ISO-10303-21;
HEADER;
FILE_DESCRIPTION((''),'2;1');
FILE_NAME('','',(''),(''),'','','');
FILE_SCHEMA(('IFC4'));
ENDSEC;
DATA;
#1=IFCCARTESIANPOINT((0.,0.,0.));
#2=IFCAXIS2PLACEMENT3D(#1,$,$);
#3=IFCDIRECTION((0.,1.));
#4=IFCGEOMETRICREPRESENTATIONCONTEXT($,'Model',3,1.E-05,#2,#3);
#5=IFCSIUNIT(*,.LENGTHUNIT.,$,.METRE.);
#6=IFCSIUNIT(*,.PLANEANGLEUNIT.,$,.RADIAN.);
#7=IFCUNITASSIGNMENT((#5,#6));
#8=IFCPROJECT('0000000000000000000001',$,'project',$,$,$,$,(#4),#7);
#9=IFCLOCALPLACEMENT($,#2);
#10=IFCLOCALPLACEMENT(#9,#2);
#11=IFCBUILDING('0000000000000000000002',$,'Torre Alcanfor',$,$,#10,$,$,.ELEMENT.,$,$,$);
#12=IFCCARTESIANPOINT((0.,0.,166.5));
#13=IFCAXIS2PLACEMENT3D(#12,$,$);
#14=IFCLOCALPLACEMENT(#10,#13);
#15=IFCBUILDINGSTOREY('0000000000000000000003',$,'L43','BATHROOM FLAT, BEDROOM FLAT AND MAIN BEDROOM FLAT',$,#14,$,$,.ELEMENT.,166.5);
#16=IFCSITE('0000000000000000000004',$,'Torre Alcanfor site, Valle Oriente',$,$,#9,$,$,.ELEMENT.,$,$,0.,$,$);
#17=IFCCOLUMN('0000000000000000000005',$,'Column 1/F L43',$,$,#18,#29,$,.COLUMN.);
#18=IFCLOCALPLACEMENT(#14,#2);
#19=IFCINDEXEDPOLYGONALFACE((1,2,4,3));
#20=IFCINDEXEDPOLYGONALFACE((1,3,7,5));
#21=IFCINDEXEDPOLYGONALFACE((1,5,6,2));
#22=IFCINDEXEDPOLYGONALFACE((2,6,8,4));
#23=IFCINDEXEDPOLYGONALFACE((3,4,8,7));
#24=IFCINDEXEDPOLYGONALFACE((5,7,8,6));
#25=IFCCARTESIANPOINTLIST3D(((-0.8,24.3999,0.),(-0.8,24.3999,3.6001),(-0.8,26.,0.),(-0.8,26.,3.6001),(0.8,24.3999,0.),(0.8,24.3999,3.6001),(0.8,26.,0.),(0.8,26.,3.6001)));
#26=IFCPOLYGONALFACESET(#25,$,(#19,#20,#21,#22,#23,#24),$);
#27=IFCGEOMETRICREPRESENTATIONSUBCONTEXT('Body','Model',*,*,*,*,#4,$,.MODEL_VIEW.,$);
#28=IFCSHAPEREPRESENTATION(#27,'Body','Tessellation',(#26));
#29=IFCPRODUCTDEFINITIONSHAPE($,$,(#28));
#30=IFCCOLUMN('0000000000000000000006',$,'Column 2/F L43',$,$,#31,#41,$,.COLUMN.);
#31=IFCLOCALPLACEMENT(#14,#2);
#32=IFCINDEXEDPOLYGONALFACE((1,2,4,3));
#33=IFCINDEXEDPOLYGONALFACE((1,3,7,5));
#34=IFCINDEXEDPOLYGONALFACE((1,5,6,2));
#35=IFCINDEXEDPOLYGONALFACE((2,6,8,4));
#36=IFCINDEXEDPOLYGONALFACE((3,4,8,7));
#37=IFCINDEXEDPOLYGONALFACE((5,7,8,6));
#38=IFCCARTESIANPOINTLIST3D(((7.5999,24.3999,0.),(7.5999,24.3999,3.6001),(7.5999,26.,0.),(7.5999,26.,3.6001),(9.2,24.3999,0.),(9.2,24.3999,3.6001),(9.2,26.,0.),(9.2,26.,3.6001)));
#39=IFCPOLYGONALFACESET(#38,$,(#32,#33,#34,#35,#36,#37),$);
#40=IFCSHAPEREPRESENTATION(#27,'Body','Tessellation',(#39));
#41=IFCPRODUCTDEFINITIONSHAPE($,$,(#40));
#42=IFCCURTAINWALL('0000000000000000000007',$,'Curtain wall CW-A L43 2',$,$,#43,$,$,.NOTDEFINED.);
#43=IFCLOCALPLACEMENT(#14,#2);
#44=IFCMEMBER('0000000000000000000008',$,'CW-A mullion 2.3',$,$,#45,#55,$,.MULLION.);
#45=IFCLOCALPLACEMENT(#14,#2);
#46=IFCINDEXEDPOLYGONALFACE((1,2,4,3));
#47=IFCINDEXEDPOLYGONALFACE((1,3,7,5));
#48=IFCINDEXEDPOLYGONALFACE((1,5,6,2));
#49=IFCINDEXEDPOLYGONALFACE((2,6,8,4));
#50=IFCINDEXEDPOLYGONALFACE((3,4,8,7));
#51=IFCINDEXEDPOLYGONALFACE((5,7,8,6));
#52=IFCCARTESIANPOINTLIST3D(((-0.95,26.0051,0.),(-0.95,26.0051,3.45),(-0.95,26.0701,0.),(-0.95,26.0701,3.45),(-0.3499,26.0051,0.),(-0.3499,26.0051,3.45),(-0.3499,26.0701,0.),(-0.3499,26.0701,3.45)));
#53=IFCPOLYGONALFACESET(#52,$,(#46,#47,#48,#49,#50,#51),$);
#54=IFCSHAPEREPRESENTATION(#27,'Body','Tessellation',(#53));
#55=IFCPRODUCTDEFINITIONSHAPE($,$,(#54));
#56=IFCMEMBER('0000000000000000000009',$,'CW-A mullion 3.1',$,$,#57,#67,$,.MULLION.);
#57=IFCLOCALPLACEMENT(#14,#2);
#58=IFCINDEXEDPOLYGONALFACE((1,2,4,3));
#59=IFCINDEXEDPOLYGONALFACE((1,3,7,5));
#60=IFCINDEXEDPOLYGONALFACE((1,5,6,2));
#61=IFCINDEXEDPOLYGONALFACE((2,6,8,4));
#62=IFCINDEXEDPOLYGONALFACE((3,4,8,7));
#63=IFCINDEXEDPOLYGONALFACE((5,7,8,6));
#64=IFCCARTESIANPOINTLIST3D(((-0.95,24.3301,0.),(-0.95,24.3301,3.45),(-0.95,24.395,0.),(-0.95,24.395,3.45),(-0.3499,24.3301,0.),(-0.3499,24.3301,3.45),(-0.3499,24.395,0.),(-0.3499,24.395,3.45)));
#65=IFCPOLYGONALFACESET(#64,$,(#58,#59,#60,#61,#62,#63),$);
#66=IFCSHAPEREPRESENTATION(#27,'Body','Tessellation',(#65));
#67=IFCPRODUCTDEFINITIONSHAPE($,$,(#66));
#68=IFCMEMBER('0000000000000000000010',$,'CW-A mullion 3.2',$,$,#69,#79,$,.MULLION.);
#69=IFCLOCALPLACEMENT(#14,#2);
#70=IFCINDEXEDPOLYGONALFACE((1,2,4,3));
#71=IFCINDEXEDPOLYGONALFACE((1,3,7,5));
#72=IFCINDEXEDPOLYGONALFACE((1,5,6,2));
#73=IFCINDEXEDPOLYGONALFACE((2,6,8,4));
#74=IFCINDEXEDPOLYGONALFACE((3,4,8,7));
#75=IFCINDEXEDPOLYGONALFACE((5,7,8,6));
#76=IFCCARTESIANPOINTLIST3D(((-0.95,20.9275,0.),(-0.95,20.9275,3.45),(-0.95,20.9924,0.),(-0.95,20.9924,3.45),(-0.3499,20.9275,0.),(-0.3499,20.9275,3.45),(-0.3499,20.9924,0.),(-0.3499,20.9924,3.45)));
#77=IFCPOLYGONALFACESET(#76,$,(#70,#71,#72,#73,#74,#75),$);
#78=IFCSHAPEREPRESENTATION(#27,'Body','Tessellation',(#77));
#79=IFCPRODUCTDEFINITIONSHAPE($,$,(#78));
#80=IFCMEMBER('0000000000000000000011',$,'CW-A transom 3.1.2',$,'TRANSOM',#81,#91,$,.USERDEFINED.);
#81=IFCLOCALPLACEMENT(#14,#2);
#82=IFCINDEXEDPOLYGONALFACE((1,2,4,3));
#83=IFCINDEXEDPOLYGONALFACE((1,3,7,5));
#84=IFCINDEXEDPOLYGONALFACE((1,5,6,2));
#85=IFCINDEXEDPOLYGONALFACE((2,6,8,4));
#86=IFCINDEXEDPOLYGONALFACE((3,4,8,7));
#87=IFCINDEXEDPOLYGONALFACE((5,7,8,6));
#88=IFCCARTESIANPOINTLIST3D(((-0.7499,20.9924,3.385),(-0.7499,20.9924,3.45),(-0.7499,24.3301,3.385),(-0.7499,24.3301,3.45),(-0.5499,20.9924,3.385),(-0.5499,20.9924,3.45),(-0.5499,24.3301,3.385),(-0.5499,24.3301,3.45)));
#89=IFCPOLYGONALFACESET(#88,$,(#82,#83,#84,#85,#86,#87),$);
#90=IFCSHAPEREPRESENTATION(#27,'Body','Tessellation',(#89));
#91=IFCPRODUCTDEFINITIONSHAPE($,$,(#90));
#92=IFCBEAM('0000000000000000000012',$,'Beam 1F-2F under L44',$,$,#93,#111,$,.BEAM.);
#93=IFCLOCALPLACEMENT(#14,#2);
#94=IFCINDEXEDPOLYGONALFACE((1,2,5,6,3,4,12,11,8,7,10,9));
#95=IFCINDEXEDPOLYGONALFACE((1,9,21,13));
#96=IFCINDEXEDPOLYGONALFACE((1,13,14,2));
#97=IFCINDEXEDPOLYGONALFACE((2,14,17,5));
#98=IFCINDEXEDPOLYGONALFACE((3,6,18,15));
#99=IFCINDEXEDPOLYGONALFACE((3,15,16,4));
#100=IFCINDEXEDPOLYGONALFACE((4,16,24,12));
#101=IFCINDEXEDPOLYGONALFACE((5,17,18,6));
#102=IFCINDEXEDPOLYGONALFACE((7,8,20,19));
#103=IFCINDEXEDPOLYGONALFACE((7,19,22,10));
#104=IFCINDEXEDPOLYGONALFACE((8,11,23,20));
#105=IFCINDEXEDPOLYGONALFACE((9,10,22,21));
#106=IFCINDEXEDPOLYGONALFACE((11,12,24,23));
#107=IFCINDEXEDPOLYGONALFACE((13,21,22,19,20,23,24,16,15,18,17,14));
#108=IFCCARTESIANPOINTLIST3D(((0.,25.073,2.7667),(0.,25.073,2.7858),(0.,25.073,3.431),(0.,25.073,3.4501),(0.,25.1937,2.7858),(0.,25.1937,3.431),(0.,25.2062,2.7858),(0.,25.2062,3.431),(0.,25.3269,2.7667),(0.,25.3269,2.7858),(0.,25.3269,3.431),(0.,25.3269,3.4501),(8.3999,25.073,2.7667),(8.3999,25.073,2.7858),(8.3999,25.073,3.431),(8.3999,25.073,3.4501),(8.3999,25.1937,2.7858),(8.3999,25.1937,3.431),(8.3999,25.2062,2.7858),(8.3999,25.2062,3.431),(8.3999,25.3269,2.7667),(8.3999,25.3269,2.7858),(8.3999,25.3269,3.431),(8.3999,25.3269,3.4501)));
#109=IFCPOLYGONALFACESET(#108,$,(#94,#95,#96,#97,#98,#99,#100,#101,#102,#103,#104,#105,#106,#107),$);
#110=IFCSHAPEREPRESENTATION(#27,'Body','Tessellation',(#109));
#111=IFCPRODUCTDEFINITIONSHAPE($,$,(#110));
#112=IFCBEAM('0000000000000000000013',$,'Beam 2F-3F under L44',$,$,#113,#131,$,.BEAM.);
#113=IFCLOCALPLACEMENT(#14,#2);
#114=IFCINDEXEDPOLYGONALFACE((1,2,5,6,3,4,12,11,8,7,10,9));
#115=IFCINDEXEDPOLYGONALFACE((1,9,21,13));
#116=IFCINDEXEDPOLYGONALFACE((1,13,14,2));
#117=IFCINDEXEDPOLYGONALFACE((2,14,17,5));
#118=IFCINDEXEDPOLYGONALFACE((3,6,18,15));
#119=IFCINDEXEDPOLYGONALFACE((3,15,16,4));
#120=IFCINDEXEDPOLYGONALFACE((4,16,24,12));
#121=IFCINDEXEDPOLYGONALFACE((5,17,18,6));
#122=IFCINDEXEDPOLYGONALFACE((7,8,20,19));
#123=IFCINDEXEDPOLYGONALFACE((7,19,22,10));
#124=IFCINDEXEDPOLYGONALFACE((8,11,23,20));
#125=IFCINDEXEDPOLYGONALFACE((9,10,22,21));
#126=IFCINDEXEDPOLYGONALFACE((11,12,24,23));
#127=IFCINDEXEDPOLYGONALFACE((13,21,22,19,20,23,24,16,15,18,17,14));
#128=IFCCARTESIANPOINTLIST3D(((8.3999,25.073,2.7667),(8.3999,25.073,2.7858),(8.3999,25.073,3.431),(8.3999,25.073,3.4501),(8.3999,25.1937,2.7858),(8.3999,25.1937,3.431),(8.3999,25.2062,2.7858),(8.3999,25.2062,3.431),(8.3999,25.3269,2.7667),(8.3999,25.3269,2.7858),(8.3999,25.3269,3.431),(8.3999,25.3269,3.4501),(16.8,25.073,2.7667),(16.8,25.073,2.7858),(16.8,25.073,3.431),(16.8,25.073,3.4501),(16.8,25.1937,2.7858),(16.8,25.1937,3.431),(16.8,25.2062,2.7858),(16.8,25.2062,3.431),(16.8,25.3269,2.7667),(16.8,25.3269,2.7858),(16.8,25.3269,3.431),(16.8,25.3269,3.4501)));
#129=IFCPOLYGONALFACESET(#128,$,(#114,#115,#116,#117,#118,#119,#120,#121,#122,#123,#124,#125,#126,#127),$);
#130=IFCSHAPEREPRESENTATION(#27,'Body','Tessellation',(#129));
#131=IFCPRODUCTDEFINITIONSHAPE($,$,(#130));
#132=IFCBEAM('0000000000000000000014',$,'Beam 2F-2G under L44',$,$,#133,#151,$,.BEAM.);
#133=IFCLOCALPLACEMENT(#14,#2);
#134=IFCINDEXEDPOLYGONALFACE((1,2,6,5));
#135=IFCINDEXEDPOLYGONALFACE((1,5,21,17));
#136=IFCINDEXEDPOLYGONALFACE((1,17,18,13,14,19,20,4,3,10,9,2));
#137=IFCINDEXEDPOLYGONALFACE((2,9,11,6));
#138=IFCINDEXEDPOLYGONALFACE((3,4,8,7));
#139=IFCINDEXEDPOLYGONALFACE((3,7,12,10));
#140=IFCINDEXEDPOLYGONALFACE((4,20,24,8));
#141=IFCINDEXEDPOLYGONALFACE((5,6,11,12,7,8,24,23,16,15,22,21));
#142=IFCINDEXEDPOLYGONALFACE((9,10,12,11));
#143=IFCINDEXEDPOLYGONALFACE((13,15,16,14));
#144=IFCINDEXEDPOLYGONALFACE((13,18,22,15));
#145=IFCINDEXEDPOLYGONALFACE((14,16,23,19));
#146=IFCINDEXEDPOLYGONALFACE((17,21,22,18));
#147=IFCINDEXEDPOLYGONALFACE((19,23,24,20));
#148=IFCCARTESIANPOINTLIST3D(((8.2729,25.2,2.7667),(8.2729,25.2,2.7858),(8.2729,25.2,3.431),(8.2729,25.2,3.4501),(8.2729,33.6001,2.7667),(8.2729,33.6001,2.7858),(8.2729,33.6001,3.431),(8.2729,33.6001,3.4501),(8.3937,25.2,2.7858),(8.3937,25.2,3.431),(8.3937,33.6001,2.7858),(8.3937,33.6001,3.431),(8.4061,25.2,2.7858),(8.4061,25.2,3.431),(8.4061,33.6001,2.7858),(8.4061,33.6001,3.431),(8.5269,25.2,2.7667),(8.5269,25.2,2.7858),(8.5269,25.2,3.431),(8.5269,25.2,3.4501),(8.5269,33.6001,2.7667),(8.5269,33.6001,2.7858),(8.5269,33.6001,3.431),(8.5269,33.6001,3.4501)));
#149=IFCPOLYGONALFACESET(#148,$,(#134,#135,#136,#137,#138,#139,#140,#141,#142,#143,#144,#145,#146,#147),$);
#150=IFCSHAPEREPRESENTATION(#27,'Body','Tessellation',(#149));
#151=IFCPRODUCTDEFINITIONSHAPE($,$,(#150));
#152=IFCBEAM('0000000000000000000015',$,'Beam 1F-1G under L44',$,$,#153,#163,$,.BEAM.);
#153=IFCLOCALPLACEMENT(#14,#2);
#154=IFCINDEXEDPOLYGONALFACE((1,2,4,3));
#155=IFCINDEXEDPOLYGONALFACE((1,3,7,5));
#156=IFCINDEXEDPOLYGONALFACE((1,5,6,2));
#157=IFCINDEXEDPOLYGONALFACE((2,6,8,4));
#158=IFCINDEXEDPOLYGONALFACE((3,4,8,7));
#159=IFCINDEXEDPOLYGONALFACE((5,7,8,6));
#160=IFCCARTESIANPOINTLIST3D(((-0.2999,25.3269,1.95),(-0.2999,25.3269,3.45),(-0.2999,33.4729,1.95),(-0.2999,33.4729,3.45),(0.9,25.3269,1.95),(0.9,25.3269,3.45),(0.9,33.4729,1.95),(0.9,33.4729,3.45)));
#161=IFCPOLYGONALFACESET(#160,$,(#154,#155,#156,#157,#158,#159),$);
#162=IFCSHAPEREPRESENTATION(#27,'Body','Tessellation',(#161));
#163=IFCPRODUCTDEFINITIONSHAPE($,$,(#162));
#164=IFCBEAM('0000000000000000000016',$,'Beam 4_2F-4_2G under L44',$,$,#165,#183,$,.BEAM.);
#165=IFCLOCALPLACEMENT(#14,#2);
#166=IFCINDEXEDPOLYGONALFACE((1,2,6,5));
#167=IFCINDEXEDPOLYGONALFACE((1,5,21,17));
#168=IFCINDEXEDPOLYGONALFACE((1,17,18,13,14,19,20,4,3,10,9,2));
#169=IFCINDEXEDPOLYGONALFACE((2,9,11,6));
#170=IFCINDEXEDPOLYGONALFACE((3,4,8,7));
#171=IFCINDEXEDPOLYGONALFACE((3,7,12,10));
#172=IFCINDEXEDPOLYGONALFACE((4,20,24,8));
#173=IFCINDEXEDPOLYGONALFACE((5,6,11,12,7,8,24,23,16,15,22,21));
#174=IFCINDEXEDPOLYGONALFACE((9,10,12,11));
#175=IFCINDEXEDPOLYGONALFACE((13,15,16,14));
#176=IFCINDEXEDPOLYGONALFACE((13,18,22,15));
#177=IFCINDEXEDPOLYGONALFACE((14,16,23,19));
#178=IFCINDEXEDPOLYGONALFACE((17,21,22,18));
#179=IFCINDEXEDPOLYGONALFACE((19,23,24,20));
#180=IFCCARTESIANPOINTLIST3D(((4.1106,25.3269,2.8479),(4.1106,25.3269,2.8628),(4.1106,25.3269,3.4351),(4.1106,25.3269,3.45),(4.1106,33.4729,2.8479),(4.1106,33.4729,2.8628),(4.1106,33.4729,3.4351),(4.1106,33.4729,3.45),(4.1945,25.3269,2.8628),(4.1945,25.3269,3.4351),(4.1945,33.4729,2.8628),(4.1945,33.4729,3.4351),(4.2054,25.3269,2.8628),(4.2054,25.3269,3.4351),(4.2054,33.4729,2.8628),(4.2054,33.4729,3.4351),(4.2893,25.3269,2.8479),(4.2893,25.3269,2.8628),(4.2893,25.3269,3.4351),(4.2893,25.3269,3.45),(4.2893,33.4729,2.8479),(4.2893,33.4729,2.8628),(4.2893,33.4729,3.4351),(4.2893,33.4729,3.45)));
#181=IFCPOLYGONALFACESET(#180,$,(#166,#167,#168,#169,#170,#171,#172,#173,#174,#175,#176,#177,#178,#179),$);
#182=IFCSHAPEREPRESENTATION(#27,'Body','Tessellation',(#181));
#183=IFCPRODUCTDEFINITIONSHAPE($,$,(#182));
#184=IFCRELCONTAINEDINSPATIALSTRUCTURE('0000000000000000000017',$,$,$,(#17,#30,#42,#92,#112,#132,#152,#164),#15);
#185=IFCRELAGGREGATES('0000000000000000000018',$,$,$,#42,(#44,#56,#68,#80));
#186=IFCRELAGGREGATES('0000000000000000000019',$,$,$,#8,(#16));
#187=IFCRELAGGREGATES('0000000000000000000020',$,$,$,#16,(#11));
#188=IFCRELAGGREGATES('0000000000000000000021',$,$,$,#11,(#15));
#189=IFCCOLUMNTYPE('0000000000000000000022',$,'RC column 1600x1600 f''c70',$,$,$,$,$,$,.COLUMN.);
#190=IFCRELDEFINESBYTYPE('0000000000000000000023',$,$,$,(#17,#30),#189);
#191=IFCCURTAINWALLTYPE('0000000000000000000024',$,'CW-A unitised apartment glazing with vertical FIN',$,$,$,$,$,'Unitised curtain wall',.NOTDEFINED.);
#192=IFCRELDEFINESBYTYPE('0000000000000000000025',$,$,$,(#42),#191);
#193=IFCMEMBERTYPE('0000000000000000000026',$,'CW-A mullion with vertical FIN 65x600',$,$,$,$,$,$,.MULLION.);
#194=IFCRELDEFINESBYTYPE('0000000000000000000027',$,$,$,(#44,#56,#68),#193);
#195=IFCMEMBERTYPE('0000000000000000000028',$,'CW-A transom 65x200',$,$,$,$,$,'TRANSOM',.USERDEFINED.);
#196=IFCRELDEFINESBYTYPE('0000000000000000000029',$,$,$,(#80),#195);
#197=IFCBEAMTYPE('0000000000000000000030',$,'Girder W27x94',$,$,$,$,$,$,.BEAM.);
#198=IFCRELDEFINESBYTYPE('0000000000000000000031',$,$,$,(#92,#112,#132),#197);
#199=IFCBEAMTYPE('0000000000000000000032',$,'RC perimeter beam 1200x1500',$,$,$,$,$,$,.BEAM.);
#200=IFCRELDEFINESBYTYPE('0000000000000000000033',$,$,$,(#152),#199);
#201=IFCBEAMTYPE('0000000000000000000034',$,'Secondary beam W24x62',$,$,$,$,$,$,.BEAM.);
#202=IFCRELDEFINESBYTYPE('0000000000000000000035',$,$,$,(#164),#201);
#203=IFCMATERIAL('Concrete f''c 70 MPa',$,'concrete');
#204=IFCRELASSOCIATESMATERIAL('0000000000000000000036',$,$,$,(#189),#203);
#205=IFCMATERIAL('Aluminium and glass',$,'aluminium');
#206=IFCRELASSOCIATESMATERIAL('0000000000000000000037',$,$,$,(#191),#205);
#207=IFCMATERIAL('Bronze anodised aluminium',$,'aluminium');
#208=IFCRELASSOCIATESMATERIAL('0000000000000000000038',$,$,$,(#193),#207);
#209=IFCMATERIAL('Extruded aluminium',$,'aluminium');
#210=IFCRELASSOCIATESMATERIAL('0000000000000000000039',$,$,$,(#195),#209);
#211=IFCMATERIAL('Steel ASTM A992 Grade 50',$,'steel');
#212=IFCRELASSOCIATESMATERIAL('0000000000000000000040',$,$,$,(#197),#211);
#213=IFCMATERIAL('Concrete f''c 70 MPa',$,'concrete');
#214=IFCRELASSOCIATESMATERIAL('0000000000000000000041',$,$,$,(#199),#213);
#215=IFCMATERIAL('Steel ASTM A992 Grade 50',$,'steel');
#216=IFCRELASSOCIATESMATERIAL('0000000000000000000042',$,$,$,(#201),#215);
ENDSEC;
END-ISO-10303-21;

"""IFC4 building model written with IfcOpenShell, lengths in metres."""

from ifc_helpers import new_model, si_unit, direction, frame, origin, origin_2d, place, context, subcontext, project, spatial, rectangle, i_section, extrude, material, material_profile, profile_set, type_object, element, aggregate, save


model = new_model("IFC4")

# Units and contexts
model_context = context("Model", 3, precision=1e-05, world=origin(), true_north=direction((0.0, 1.0)))
body_context = subcontext(model_context, "Body", "Model", "MODEL_VIEW")
ifc_project = project(units=[si_unit("LENGTHUNIT", "METRE"), si_unit("PLANEANGLEUNIT", "RADIAN")], contexts=[model_context])

# Site, building, storey
site_placement = place(None, origin())
site = spatial("IfcSite", under=ifc_project, at=site_placement, Name="Torre Alcanfor site, Valle Oriente", CompositionType="ELEMENT", RefElevation=0.0)
building_placement = place(site_placement, origin())
building = spatial("IfcBuilding", under=site, at=building_placement, Name="Torre Alcanfor", CompositionType="ELEMENT")
storey_placement = place(building_placement, frame((0.0, 0.0, 166.5)))
storey = spatial("IfcBuildingStorey", under=building, at=storey_placement, Name="L43", Description="BATHROOM FLAT, BEDROOM FLAT AND MAIN BEDROOM FLAT", CompositionType="ELEMENT", Elevation=166.5)

# Columns
ifc_material_1 = material(Name="Concrete f'c 70 MPa", Category="concrete")
ifc_material_profile_1 = material_profile(ifc_material_1, rectangle(XDim=1.6001, YDim=1.6001, at=origin_2d()), Name="1600x1600")
ifc_profile_set_1 = profile_set([ifc_material_profile_1], Name="Concrete f'c 70 MPa")
column_type = type_object("IfcColumnType", Name="RC column 1600x1600 f'c70", PredefinedType="COLUMN", material=ifc_profile_set_1)
for number, where, z_axis, x_axis, name in (
    (1, (0.0, 25.2, 0.0), (0.0, 0.0, 1.0), (1.0, 0.0, 0.0), "Column 1/F L43"),
    (2, (8.3999, 25.2, 0.0), (0.0, 0.0, 1.0), (1.0, 0.0, 0.0), "Column 2/F L43"),
):
    element("IfcColumn", number, at=place(storey_placement, frame(where, z_axis=z_axis, x_axis=x_axis)), inside=storey, type_object=column_type, Name=name, PredefinedType="COLUMN", context=body_context, shape_type="SweptSolid", body=[
        extrude(rectangle(XDim=1.6001, YDim=1.6001, at=origin_2d()), origin(), (0.0, 0.0, 1.0), 3.6001),
    ])

# Curtain wall, members
ifc_material_2 = material(Name="Aluminium and glass", Category="aluminium")
curtain_wall_type = type_object("IfcCurtainWallType", Name="CW-A unitised apartment glazing with vertical FIN", ElementType="Unitised curtain wall", PredefinedType="NOTDEFINED", material=ifc_material_2)
curtain_wall_placement = place(storey_placement, origin())
curtain_wall = element("IfcCurtainWall", 3, at=curtain_wall_placement, inside=storey, type_object=curtain_wall_type, Name="Curtain wall CW-A L43 2", PredefinedType="NOTDEFINED")
ifc_material_3 = material(Name="Bronze anodised aluminium", Category="aluminium")
ifc_material_profile_2 = material_profile(ifc_material_3, rectangle(XDim=0.6001, YDim=0.0649, at=origin_2d()), Name="CW-A mullion 65x600")
ifc_profile_set_2 = profile_set([ifc_material_profile_2], Name="Bronze anodised aluminium")
member_type_1 = type_object("IfcMemberType", Name="CW-A mullion with vertical FIN 65x600", PredefinedType="MULLION", material=ifc_profile_set_2)
member_1_placement = place(storey_placement, frame((-0.6499, 26.0376, 0.0), z_axis=(0.0, 0.0, 1.0), x_axis=(1.0, 0.0, 0.0)))
member_1 = element("IfcMember", 4, at=member_1_placement, type_object=member_type_1, Name="CW-A mullion 2.3", PredefinedType="MULLION", context=body_context, shape_type="SweptSolid", body=[
    extrude(rectangle(XDim=0.6001, YDim=0.0649, at=origin_2d()), origin(), (0.0, 0.0, 1.0), 3.45),
])
member_2_placement = place(storey_placement, frame((-0.6499, 24.3625, 0.0), z_axis=(0.0, 0.0, 1.0), x_axis=(1.0, 0.0, 0.0)))
member_2 = element("IfcMember", 5, at=member_2_placement, type_object=member_type_1, Name="CW-A mullion 3.1", PredefinedType="MULLION", context=body_context, shape_type="SweptSolid", body=[
    extrude(rectangle(XDim=0.6001, YDim=0.0649, at=origin_2d()), origin(), (0.0, 0.0, 1.0), 3.45),
])
member_3_placement = place(storey_placement, frame((-0.6499, 20.96, 0.0), z_axis=(0.0, 0.0, 1.0), x_axis=(1.0, 0.0, 0.0)))
member_3 = element("IfcMember", 6, at=member_3_placement, type_object=member_type_1, Name="CW-A mullion 3.2", PredefinedType="MULLION", context=body_context, shape_type="SweptSolid", body=[
    extrude(rectangle(XDim=0.6001, YDim=0.0649, at=origin_2d()), origin(), (0.0, 0.0, 1.0), 3.45),
])
ifc_material_4 = material(Name="Extruded aluminium", Category="aluminium")
ifc_material_profile_3 = material_profile(ifc_material_4, rectangle(XDim=0.2, YDim=0.0649, at=origin_2d()), Name="CW-A transom 200x65")
ifc_profile_set_3 = profile_set([ifc_material_profile_3], Name="Extruded aluminium")
member_type_2 = type_object("IfcMemberType", Name="CW-A transom 65x200", ElementType="TRANSOM", PredefinedType="USERDEFINED", material=ifc_profile_set_3)
member_4_placement = place(storey_placement, frame((-0.6499, 24.3301, 3.4175), z_axis=(0.0, -1.0, 0.0), x_axis=(1.0, 0.0, 0.0)))
member_4 = element("IfcMember", 7, at=member_4_placement, type_object=member_type_2, Name="CW-A transom 3.1.2", ObjectType="TRANSOM", PredefinedType="USERDEFINED", context=body_context, shape_type="SweptSolid", body=[
    extrude(rectangle(XDim=0.2, YDim=0.0649, at=origin_2d()), origin(), (0.0, 0.0, 1.0), 3.3376),
])

# Beams
ifc_material_5 = material(Name="Steel ASTM A992 Grade 50", Category="steel")
ifc_material_profile_4 = material_profile(ifc_material_5, i_section(OverallWidth=0.2539, OverallDepth=0.6833, WebThickness=0.0125, FlangeThickness=0.019, at=origin_2d()), Name="W27x94")
ifc_profile_set_4 = profile_set([ifc_material_profile_4], Name="Steel ASTM A992 Grade 50")
beam_type_1 = type_object("IfcBeamType", Name="Girder W27x94", PredefinedType="BEAM", material=ifc_profile_set_4)
beam_1_placement = place(storey_placement, frame((0.0, 25.2, 3.1084), z_axis=(1.0, 0.0, 0.0), x_axis=(0.0, 1.0, 0.0)))
element("IfcBeam", 8, at=beam_1_placement, inside=storey, type_object=beam_type_1, Name="Beam 1F-2F under L44", PredefinedType="BEAM", context=body_context, shape_type="SweptSolid", body=[
    extrude(i_section(OverallWidth=0.2539, OverallDepth=0.6833, WebThickness=0.0125, FlangeThickness=0.019, at=origin_2d()), origin(), (0.0, 0.0, 1.0), 8.3999),
])
for number, where, z_axis, x_axis, name in (
    (9, (8.3999, 25.2, 3.1084), (1.0, 0.0, 0.0), (0.0, 1.0, 0.0), "Beam 2F-3F under L44"),
    (10, (8.3999, 25.2, 3.1084), (0.0, 1.0, 0.0), (-1.0, 0.0, 0.0), "Beam 2F-2G under L44"),
):
    element("IfcBeam", number, at=place(storey_placement, frame(where, z_axis=z_axis, x_axis=x_axis)), inside=storey, type_object=beam_type_1, Name=name, PredefinedType="BEAM", context=body_context, shape_type="SweptSolid", body=[
        extrude(i_section(OverallWidth=0.2539, OverallDepth=0.6833, WebThickness=0.0125, FlangeThickness=0.019, at=origin_2d()), origin(), (0.0, 0.0, 1.0), 8.4001),
    ])
ifc_material_6 = material(Name="Concrete f'c 70 MPa", Category="concrete")
ifc_material_profile_5 = material_profile(ifc_material_6, rectangle(XDim=1.2, YDim=1.5, at=origin_2d()), Name="1200x1500")
ifc_profile_set_5 = profile_set([ifc_material_profile_5], Name="Concrete f'c 70 MPa")
beam_type_2 = type_object("IfcBeamType", Name="RC perimeter beam 1200x1500", PredefinedType="BEAM", material=ifc_profile_set_5)
beam_2_placement = place(storey_placement, frame((0.3, 25.3269, 2.7), z_axis=(0.0, 1.0, 0.0), x_axis=(-1.0, 0.0, 0.0)))
element("IfcBeam", 11, at=beam_2_placement, inside=storey, type_object=beam_type_2, Name="Beam 1F-1G under L44", PredefinedType="BEAM", context=body_context, shape_type="SweptSolid", body=[
    extrude(rectangle(XDim=1.2, YDim=1.5, at=origin_2d()), origin(), (0.0, 0.0, 1.0), 8.146),
])
ifc_material_7 = material(Name="Steel ASTM A992 Grade 50", Category="steel")
ifc_material_profile_6 = material_profile(ifc_material_7, i_section(OverallWidth=0.1787, OverallDepth=0.6021, WebThickness=0.011, FlangeThickness=0.0149, at=origin_2d()), Name="W24x62")
ifc_profile_set_6 = profile_set([ifc_material_profile_6], Name="Steel ASTM A992 Grade 50")
beam_type_3 = type_object("IfcBeamType", Name="Secondary beam W24x62", PredefinedType="BEAM", material=ifc_profile_set_6)
for number, where, z_axis, x_axis, name in (
    (12, (4.2, 25.3269, 3.1489), (0.0, 1.0, 0.0), (-1.0, 0.0, 0.0), "Beam 4_2F-4_2G under L44"),
):
    element("IfcBeam", number, at=place(storey_placement, frame(where, z_axis=z_axis, x_axis=x_axis)), inside=storey, type_object=beam_type_3, Name=name, PredefinedType="BEAM", context=body_context, shape_type="SweptSolid", body=[
        extrude(i_section(OverallWidth=0.1787, OverallDepth=0.6021, WebThickness=0.011, FlangeThickness=0.0149, at=origin_2d()), origin(), (0.0, 0.0, 1.0), 8.146),
    ])

aggregate(curtain_wall, [member_1, member_2, member_3, member_4])

save(model, "model.ifc")
